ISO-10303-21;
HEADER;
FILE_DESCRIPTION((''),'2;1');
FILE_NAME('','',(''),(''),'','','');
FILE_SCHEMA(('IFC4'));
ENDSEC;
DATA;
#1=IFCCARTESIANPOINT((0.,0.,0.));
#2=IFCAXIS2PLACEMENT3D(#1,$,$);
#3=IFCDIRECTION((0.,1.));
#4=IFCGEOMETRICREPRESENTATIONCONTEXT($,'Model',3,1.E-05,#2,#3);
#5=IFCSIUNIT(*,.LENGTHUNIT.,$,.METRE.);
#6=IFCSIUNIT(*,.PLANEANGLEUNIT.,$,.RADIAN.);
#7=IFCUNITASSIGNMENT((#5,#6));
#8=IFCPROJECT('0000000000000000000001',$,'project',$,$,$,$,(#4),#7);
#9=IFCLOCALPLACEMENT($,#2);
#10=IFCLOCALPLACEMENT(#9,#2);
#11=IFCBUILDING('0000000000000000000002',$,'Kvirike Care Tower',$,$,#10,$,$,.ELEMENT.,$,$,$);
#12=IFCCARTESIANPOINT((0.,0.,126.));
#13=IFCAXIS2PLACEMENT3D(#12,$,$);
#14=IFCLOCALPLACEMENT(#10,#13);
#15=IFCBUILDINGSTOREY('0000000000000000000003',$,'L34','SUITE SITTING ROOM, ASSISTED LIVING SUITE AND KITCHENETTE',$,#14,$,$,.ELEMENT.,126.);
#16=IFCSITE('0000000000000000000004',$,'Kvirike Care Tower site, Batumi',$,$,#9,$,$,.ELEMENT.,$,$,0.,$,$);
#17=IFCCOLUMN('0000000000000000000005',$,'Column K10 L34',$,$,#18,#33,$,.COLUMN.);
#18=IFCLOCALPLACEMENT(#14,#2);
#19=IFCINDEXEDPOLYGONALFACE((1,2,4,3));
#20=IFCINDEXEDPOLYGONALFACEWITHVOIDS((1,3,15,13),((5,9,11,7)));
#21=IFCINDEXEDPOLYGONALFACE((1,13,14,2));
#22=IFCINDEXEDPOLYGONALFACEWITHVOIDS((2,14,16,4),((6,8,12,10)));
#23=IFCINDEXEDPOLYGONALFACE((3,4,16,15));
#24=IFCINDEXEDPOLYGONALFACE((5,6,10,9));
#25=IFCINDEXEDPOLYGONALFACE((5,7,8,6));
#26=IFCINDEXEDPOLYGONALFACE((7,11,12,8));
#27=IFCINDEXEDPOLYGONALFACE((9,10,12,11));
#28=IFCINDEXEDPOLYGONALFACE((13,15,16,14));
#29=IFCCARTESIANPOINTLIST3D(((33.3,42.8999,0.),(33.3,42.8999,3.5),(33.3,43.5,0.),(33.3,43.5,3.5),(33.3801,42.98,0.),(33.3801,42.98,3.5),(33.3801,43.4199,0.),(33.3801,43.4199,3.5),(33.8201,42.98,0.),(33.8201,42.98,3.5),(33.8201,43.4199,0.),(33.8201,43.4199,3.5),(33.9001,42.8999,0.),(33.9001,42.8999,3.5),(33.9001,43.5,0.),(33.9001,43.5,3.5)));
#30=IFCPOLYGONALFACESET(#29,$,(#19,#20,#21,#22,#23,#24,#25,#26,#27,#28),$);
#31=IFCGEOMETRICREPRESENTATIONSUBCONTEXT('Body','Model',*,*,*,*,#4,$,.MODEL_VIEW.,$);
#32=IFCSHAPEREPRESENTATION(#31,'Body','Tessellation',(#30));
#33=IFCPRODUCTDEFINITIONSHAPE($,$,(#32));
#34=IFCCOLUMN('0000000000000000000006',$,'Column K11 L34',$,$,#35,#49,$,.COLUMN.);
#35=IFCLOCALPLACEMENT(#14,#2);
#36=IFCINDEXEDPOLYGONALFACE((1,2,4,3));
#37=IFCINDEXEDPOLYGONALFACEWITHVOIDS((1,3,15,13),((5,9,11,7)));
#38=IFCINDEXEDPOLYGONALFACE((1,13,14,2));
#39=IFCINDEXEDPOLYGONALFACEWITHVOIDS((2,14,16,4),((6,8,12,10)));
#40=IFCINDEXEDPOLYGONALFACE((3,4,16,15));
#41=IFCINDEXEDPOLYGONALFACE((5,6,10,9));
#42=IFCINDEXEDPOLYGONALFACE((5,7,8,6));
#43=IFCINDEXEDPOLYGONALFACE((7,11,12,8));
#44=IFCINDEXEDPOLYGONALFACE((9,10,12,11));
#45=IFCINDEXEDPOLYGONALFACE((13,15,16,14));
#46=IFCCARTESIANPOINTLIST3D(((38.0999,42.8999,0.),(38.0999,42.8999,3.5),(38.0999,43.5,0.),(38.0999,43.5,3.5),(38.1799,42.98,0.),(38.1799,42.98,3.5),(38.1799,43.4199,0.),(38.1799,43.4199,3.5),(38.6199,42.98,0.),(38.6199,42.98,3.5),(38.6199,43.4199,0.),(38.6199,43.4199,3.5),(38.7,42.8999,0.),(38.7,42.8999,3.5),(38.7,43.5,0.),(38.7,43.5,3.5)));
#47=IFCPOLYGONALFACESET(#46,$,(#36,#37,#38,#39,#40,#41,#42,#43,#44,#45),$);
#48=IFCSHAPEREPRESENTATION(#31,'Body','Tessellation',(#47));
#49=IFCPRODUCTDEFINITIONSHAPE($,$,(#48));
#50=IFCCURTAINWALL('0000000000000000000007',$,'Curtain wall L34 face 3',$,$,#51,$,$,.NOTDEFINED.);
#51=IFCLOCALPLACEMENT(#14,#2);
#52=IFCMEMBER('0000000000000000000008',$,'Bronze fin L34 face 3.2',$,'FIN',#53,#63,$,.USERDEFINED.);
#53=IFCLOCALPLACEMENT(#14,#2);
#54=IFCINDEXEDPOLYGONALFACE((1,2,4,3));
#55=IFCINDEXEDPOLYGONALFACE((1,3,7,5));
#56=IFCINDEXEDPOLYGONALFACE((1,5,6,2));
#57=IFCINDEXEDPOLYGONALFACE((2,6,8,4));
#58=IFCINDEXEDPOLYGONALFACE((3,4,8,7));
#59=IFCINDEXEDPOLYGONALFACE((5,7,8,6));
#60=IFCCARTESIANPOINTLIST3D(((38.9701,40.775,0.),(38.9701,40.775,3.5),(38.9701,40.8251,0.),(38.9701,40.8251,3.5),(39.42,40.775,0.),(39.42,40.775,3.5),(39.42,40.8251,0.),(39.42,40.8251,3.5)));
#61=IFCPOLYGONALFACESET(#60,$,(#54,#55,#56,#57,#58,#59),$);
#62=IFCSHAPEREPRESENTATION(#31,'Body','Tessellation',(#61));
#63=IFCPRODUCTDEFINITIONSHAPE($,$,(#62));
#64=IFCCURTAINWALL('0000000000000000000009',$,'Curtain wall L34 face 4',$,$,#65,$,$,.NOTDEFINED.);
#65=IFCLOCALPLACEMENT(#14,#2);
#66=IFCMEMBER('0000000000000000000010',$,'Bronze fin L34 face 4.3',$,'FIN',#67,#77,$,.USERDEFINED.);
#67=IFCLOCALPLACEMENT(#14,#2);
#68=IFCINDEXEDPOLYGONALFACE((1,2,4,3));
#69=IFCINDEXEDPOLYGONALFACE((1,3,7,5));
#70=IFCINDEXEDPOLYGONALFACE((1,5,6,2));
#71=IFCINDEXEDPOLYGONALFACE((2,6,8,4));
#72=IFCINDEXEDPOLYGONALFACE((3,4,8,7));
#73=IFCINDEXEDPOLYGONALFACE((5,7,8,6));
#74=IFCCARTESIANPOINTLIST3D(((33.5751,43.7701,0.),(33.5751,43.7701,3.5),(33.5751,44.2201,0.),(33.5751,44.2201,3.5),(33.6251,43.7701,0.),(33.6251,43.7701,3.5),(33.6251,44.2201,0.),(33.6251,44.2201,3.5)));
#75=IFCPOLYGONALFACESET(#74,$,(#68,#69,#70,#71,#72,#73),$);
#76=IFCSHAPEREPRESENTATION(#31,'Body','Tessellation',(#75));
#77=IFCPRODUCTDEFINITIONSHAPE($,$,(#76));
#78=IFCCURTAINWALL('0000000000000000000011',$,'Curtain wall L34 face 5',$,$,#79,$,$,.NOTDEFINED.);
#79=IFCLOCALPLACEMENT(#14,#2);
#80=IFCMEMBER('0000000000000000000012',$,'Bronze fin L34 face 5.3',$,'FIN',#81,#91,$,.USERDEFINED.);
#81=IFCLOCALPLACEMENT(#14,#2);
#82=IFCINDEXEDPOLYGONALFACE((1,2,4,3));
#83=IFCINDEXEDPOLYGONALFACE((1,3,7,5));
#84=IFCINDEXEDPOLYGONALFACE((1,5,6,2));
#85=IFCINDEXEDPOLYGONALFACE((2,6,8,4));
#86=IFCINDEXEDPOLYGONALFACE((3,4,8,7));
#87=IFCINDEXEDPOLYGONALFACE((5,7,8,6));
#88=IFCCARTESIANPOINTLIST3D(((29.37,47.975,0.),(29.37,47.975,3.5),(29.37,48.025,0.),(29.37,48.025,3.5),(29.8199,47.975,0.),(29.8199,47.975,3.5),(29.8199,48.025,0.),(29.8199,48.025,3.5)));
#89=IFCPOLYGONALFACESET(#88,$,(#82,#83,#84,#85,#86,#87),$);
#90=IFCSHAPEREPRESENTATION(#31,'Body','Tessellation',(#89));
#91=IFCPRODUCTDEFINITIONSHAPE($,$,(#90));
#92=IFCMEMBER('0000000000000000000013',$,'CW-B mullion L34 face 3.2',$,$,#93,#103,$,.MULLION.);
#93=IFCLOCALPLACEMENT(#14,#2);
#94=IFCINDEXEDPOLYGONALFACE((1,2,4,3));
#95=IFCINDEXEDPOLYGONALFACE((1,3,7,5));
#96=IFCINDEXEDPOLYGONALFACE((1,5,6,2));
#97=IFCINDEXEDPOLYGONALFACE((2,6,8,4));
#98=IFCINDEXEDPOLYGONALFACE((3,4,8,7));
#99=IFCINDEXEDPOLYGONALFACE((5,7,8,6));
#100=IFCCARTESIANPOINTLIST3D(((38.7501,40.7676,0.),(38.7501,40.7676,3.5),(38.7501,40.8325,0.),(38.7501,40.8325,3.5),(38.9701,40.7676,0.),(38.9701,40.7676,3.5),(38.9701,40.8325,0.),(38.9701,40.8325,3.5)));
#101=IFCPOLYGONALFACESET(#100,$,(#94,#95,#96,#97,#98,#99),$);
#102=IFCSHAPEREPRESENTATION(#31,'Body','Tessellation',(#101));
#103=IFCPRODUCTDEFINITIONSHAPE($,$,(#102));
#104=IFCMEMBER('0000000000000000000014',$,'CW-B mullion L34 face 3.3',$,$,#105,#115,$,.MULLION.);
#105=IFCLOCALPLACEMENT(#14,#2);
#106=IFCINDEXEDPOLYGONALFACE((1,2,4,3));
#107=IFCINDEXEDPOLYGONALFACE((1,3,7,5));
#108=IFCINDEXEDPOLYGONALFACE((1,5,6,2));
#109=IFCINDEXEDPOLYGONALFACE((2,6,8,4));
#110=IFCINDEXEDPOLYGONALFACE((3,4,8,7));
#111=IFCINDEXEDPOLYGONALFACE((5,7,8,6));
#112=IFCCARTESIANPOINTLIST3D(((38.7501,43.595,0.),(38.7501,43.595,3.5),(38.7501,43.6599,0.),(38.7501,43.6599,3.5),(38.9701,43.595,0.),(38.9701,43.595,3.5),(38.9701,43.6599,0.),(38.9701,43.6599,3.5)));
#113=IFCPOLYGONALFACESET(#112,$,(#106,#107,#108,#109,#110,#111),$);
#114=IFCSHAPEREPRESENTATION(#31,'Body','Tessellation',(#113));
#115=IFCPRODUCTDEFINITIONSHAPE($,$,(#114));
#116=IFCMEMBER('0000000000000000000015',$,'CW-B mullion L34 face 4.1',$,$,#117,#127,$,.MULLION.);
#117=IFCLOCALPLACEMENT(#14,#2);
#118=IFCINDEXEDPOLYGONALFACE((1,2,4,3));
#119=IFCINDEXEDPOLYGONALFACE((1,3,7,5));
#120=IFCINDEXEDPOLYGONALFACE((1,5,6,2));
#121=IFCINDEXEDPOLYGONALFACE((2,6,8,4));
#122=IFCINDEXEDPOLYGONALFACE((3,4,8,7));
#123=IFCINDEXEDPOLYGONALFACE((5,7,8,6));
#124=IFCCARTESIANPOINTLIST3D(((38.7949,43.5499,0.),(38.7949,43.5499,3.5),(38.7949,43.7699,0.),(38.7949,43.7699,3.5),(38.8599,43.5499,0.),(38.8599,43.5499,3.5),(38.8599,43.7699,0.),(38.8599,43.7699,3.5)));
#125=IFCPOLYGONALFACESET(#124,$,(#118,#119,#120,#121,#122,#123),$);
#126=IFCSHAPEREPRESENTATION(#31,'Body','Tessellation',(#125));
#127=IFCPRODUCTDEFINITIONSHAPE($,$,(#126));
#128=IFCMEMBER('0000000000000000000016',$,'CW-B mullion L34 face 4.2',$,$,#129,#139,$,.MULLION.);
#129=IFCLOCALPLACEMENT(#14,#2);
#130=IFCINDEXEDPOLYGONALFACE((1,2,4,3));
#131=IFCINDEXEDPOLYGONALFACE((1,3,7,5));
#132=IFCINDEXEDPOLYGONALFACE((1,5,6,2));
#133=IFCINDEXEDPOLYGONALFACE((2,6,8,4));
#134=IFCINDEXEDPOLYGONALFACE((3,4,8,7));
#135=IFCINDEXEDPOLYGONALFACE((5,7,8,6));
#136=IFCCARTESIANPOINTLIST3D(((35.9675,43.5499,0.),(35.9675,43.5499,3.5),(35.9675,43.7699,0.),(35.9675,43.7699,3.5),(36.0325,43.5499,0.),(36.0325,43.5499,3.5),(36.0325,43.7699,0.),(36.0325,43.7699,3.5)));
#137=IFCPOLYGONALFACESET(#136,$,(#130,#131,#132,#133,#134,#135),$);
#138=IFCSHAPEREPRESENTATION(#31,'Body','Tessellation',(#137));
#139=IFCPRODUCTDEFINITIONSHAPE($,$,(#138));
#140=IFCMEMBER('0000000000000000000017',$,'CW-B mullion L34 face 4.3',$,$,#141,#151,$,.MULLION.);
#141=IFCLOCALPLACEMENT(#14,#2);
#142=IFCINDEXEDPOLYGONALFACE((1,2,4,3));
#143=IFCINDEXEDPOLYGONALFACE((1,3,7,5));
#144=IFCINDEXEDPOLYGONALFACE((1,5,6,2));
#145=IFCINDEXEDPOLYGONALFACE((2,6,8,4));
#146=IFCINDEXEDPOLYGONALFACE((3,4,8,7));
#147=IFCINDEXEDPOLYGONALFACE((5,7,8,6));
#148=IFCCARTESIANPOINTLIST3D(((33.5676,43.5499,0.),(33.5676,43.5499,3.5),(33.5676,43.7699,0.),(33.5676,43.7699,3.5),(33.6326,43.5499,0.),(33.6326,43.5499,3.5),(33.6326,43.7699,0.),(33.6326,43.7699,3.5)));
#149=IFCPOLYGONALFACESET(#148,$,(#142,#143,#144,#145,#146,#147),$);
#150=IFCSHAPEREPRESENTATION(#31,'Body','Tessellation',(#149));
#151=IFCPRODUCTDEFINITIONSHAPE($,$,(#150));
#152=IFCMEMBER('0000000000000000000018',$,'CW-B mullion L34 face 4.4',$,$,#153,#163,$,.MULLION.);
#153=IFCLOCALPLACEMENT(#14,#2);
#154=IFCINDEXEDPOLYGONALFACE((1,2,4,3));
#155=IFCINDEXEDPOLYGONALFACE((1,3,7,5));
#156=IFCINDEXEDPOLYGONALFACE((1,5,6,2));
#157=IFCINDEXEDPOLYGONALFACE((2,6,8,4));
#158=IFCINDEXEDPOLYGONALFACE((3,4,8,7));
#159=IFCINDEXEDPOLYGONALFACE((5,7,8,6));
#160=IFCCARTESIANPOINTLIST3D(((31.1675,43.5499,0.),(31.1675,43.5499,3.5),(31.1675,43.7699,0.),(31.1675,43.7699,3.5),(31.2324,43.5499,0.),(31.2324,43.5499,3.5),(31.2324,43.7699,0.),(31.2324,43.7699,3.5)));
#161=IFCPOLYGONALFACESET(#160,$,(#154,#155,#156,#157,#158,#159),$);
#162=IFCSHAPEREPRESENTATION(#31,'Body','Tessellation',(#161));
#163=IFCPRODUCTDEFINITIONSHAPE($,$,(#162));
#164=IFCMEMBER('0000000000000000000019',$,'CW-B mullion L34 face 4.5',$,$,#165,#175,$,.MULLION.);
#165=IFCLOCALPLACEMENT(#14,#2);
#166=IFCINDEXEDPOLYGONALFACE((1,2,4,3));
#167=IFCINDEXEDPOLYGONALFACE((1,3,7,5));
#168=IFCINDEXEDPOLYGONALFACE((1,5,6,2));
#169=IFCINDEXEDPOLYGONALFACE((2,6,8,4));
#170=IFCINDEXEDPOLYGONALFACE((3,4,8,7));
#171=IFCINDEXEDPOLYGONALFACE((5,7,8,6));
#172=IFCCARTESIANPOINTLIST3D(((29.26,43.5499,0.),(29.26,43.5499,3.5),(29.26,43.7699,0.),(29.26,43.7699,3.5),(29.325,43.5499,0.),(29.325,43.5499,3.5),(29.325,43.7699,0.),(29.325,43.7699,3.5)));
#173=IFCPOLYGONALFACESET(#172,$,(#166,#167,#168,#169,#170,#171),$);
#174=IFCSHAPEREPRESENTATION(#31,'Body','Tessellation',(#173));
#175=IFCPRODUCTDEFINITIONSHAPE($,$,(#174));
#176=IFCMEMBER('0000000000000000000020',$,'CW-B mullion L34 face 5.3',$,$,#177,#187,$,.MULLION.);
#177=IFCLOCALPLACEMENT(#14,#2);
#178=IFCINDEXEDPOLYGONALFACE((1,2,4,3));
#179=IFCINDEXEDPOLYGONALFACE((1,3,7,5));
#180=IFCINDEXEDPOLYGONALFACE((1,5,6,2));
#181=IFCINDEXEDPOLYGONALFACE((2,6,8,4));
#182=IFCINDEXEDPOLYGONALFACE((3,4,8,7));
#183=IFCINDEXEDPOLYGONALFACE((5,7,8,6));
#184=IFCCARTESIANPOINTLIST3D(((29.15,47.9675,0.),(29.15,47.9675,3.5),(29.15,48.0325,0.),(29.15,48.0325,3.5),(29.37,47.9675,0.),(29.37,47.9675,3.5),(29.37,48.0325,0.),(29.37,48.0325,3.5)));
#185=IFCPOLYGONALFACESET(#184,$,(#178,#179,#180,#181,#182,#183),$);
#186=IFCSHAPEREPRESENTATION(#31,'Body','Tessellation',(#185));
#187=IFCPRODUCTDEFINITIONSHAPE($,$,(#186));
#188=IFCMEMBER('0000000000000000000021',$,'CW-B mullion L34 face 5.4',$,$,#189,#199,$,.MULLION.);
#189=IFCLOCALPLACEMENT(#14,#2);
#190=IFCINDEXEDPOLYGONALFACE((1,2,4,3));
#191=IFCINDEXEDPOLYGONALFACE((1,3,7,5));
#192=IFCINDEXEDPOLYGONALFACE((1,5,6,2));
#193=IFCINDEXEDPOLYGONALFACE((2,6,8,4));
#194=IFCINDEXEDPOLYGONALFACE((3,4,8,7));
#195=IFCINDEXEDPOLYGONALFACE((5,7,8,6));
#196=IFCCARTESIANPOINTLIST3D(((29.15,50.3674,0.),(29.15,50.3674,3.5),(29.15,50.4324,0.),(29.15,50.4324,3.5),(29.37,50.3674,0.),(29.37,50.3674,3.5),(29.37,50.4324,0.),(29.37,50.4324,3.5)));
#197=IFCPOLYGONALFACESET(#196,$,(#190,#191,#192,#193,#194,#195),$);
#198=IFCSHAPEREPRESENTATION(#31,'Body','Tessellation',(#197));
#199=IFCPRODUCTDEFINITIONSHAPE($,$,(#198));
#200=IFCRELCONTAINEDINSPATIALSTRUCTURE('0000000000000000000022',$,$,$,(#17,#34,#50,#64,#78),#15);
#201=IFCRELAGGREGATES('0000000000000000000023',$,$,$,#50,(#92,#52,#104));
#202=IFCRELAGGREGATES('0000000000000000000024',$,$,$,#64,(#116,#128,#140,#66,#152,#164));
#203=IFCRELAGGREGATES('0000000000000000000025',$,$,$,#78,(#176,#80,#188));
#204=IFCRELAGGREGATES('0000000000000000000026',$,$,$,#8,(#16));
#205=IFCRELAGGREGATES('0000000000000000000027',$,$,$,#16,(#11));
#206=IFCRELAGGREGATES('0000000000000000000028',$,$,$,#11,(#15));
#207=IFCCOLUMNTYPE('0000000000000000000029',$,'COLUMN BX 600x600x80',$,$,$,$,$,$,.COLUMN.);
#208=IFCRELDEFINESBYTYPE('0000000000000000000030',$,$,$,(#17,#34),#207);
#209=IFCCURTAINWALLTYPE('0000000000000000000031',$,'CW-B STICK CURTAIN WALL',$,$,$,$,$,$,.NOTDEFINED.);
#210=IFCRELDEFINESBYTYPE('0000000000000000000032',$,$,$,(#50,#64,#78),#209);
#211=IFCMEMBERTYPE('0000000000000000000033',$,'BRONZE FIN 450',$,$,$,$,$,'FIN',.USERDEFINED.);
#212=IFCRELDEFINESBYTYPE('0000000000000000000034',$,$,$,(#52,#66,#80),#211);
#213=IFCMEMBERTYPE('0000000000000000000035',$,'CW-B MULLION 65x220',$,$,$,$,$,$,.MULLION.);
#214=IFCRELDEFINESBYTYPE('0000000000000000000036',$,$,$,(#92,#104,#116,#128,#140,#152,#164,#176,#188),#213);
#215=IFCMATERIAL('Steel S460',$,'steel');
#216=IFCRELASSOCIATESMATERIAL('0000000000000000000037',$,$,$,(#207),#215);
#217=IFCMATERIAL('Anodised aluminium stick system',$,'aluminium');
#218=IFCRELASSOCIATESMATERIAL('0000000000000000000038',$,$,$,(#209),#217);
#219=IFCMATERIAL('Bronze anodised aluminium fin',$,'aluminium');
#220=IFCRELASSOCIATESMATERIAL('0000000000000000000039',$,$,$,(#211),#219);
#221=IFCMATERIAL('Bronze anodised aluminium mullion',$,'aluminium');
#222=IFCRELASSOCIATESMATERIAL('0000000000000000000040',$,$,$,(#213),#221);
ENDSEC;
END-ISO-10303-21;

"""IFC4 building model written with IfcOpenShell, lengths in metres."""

from ifc_helpers import new_model, si_unit, direction, frame, origin, origin_2d, place, context, subcontext, project, spatial, rectangle, hollow_rectangle, extrude, material, material_profile, profile_set, type_object, element, aggregate, save


model = new_model("IFC4")

# Units and contexts
model_context = context("Model", 3, precision=1e-05, world=origin(), true_north=direction((0.0, 1.0)))
body_context = subcontext(model_context, "Body", "Model", "MODEL_VIEW")
ifc_project = project(units=[si_unit("LENGTHUNIT", "METRE"), si_unit("PLANEANGLEUNIT", "RADIAN")], contexts=[model_context])

# Site, building, storey
site_placement = place(None, origin())
site = spatial("IfcSite", under=ifc_project, at=site_placement, Name="Kvirike Care Tower site, Batumi", CompositionType="ELEMENT", RefElevation=0.0)
building_placement = place(site_placement, origin())
building = spatial("IfcBuilding", under=site, at=building_placement, Name="Kvirike Care Tower", CompositionType="ELEMENT")
storey_placement = place(building_placement, frame((0.0, 0.0, 126.0)))
storey = spatial("IfcBuildingStorey", under=building, at=storey_placement, Name="L34", Description="SUITE SITTING ROOM, ASSISTED LIVING SUITE AND KITCHENETTE", CompositionType="ELEMENT", Elevation=126.0)

# Columns
ifc_material_1 = material(Name="Steel S460", Category="steel")
ifc_material_profile_1 = material_profile(ifc_material_1, hollow_rectangle(XDim=0.6001, YDim=0.6001, WallThickness=0.0801, at=origin_2d()), Name="BX 600x600x80")
ifc_profile_set_1 = profile_set([ifc_material_profile_1], Name="Steel S460")
column_type = type_object("IfcColumnType", Name="COLUMN BX 600x600x80", PredefinedType="COLUMN", material=ifc_profile_set_1)
for number, where, z_axis, x_axis, name in (
    (1, (33.6001, 43.2, 0.0), (0.0, 0.0, 1.0), (0.0, 1.0, 0.0), "Column K10 L34"),
    (2, (38.3999, 43.2, 0.0), (0.0, 0.0, 1.0), (0.0, 1.0, 0.0), "Column K11 L34"),
):
    element("IfcColumn", number, at=place(storey_placement, frame(where, z_axis=z_axis, x_axis=x_axis)), inside=storey, type_object=column_type, Name=name, PredefinedType="COLUMN", context=body_context, shape_type="SweptSolid", body=[
        extrude(hollow_rectangle(XDim=0.6001, YDim=0.6001, WallThickness=0.0801, at=origin_2d()), origin(), (0.0, 0.0, 1.0), 3.5),
    ])

# Curtain walls, members
ifc_material_2 = material(Name="Anodised aluminium stick system", Category="aluminium")
curtain_wall_type = type_object("IfcCurtainWallType", Name="CW-B STICK CURTAIN WALL", PredefinedType="NOTDEFINED", material=ifc_material_2)
curtain_wall_1_placement = place(storey_placement, origin())
curtain_wall_1 = element("IfcCurtainWall", 3, at=curtain_wall_1_placement, inside=storey, type_object=curtain_wall_type, Name="Curtain wall L34 face 3", PredefinedType="NOTDEFINED")
ifc_material_3 = material(Name="Bronze anodised aluminium fin", Category="aluminium")
ifc_material_profile_2 = material_profile(ifc_material_3, rectangle(XDim=0.05, YDim=0.45, at=origin_2d()), Name="BRONZE FIN 450")
ifc_profile_set_2 = profile_set([ifc_material_profile_2], Name="Bronze anodised aluminium fin")
member_type_1 = type_object("IfcMemberType", Name="BRONZE FIN 450", ElementType="FIN", PredefinedType="USERDEFINED", material=ifc_profile_set_2)
member_1_placement = place(storey_placement, frame((39.1951, 40.8, 0.0), z_axis=(0.0, 0.0, 1.0), x_axis=(0.0, 1.0, 0.0)))
member_1 = element("IfcMember", 4, at=member_1_placement, type_object=member_type_1, Name="Bronze fin L34 face 3.2", ObjectType="FIN", PredefinedType="USERDEFINED", context=body_context, shape_type="SweptSolid", body=[
    extrude(rectangle(XDim=0.05, YDim=0.45, at=origin_2d()), origin(), (0.0, 0.0, 1.0), 3.5),
])
curtain_wall_2_placement = place(storey_placement, origin())
curtain_wall_2 = element("IfcCurtainWall", 5, at=curtain_wall_2_placement, inside=storey, type_object=curtain_wall_type, Name="Curtain wall L34 face 4", PredefinedType="NOTDEFINED")
member_2_placement = place(storey_placement, frame((33.6001, 43.9951, 0.0), z_axis=(0.0, 0.0, 1.0), x_axis=(-1.0, 0.0, 0.0)))
member_2 = element("IfcMember", 6, at=member_2_placement, type_object=member_type_1, Name="Bronze fin L34 face 4.3", ObjectType="FIN", PredefinedType="USERDEFINED", context=body_context, shape_type="SweptSolid", body=[
    extrude(rectangle(XDim=0.05, YDim=0.45, at=origin_2d()), origin(), (0.0, 0.0, 1.0), 3.5),
])
curtain_wall_3_placement = place(storey_placement, origin())
curtain_wall_3 = element("IfcCurtainWall", 7, at=curtain_wall_3_placement, inside=storey, type_object=curtain_wall_type, Name="Curtain wall L34 face 5", PredefinedType="NOTDEFINED")
member_3_placement = place(storey_placement, frame((29.595, 48.0, 0.0), z_axis=(0.0, 0.0, 1.0), x_axis=(0.0, 1.0, 0.0)))
member_3 = element("IfcMember", 8, at=member_3_placement, type_object=member_type_1, Name="Bronze fin L34 face 5.3", ObjectType="FIN", PredefinedType="USERDEFINED", context=body_context, shape_type="SweptSolid", body=[
    extrude(rectangle(XDim=0.05, YDim=0.45, at=origin_2d()), origin(), (0.0, 0.0, 1.0), 3.5),
])

# Members
ifc_material_4 = material(Name="Bronze anodised aluminium mullion", Category="aluminium")
ifc_material_profile_3 = material_profile(ifc_material_4, rectangle(XDim=0.0649, YDim=0.22, at=origin_2d()), Name="CW-B MULLION 65x220")
ifc_profile_set_3 = profile_set([ifc_material_profile_3], Name="Bronze anodised aluminium mullion")
member_type_2 = type_object("IfcMemberType", Name="CW-B MULLION 65x220", PredefinedType="MULLION", material=ifc_profile_set_3)
member_4_placement = place(storey_placement, frame((38.8601, 40.8, 0.0), z_axis=(0.0, 0.0, 1.0), x_axis=(0.0, 1.0, 0.0)))
member_4 = element("IfcMember", 9, at=member_4_placement, type_object=member_type_2, Name="CW-B mullion L34 face 3.2", PredefinedType="MULLION", context=body_context, shape_type="SweptSolid", body=[
    extrude(rectangle(XDim=0.0649, YDim=0.22, at=origin_2d()), origin(), (0.0, 0.0, 1.0), 3.5),
])
member_5_placement = place(storey_placement, frame((38.8601, 43.6274, 0.0), z_axis=(0.0, 0.0, 1.0), x_axis=(0.0, 1.0, 0.0)))
member_5 = element("IfcMember", 10, at=member_5_placement, type_object=member_type_2, Name="CW-B mullion L34 face 3.3", PredefinedType="MULLION", context=body_context, shape_type="SweptSolid", body=[
    extrude(rectangle(XDim=0.0649, YDim=0.22, at=origin_2d()), origin(), (0.0, 0.0, 1.0), 3.5),
])
member_6_placement = place(storey_placement, frame((38.8274, 43.6599, 0.0), z_axis=(0.0, 0.0, 1.0), x_axis=(-1.0, 0.0, 0.0)))
member_6 = element("IfcMember", 11, at=member_6_placement, type_object=member_type_2, Name="CW-B mullion L34 face 4.1", PredefinedType="MULLION", context=body_context, shape_type="SweptSolid", body=[
    extrude(rectangle(XDim=0.0649, YDim=0.22, at=origin_2d()), origin(), (0.0, 0.0, 1.0), 3.5),
])
member_7_placement = place(storey_placement, frame((36.0, 43.6599, 0.0), z_axis=(0.0, 0.0, 1.0), x_axis=(-1.0, 0.0, 0.0)))
member_7 = element("IfcMember", 12, at=member_7_placement, type_object=member_type_2, Name="CW-B mullion L34 face 4.2", PredefinedType="MULLION", context=body_context, shape_type="SweptSolid", body=[
    extrude(rectangle(XDim=0.0649, YDim=0.22, at=origin_2d()), origin(), (0.0, 0.0, 1.0), 3.5),
])
member_8_placement = place(storey_placement, frame((33.6001, 43.6599, 0.0), z_axis=(0.0, 0.0, 1.0), x_axis=(-1.0, 0.0, 0.0)))
member_8 = element("IfcMember", 13, at=member_8_placement, type_object=member_type_2, Name="CW-B mullion L34 face 4.3", PredefinedType="MULLION", context=body_context, shape_type="SweptSolid", body=[
    extrude(rectangle(XDim=0.0649, YDim=0.22, at=origin_2d()), origin(), (0.0, 0.0, 1.0), 3.5),
])
member_9_placement = place(storey_placement, frame((31.2, 43.6599, 0.0), z_axis=(0.0, 0.0, 1.0), x_axis=(-1.0, 0.0, 0.0)))
member_9 = element("IfcMember", 14, at=member_9_placement, type_object=member_type_2, Name="CW-B mullion L34 face 4.4", PredefinedType="MULLION", context=body_context, shape_type="SweptSolid", body=[
    extrude(rectangle(XDim=0.0649, YDim=0.22, at=origin_2d()), origin(), (0.0, 0.0, 1.0), 3.5),
])
member_10_placement = place(storey_placement, frame((29.2925, 43.6599, 0.0), z_axis=(0.0, 0.0, 1.0), x_axis=(-1.0, 0.0, 0.0)))
member_10 = element("IfcMember", 15, at=member_10_placement, type_object=member_type_2, Name="CW-B mullion L34 face 4.5", PredefinedType="MULLION", context=body_context, shape_type="SweptSolid", body=[
    extrude(rectangle(XDim=0.0649, YDim=0.22, at=origin_2d()), origin(), (0.0, 0.0, 1.0), 3.5),
])
member_11_placement = place(storey_placement, frame((29.26, 48.0, 0.0), z_axis=(0.0, 0.0, 1.0), x_axis=(0.0, 1.0, 0.0)))
member_11 = element("IfcMember", 16, at=member_11_placement, type_object=member_type_2, Name="CW-B mullion L34 face 5.3", PredefinedType="MULLION", context=body_context, shape_type="SweptSolid", body=[
    extrude(rectangle(XDim=0.0649, YDim=0.22, at=origin_2d()), origin(), (0.0, 0.0, 1.0), 3.5),
])
member_12_placement = place(storey_placement, frame((29.26, 50.3999, 0.0), z_axis=(0.0, 0.0, 1.0), x_axis=(0.0, 1.0, 0.0)))
member_12 = element("IfcMember", 17, at=member_12_placement, type_object=member_type_2, Name="CW-B mullion L34 face 5.4", PredefinedType="MULLION", context=body_context, shape_type="SweptSolid", body=[
    extrude(rectangle(XDim=0.0649, YDim=0.22, at=origin_2d()), origin(), (0.0, 0.0, 1.0), 3.5),
])

aggregate(curtain_wall_1, [member_4, member_1, member_5])
aggregate(curtain_wall_2, [member_6, member_7, member_8, member_2, member_9, member_10])
aggregate(curtain_wall_3, [member_11, member_3, member_12])

save(model, "model.ifc")
